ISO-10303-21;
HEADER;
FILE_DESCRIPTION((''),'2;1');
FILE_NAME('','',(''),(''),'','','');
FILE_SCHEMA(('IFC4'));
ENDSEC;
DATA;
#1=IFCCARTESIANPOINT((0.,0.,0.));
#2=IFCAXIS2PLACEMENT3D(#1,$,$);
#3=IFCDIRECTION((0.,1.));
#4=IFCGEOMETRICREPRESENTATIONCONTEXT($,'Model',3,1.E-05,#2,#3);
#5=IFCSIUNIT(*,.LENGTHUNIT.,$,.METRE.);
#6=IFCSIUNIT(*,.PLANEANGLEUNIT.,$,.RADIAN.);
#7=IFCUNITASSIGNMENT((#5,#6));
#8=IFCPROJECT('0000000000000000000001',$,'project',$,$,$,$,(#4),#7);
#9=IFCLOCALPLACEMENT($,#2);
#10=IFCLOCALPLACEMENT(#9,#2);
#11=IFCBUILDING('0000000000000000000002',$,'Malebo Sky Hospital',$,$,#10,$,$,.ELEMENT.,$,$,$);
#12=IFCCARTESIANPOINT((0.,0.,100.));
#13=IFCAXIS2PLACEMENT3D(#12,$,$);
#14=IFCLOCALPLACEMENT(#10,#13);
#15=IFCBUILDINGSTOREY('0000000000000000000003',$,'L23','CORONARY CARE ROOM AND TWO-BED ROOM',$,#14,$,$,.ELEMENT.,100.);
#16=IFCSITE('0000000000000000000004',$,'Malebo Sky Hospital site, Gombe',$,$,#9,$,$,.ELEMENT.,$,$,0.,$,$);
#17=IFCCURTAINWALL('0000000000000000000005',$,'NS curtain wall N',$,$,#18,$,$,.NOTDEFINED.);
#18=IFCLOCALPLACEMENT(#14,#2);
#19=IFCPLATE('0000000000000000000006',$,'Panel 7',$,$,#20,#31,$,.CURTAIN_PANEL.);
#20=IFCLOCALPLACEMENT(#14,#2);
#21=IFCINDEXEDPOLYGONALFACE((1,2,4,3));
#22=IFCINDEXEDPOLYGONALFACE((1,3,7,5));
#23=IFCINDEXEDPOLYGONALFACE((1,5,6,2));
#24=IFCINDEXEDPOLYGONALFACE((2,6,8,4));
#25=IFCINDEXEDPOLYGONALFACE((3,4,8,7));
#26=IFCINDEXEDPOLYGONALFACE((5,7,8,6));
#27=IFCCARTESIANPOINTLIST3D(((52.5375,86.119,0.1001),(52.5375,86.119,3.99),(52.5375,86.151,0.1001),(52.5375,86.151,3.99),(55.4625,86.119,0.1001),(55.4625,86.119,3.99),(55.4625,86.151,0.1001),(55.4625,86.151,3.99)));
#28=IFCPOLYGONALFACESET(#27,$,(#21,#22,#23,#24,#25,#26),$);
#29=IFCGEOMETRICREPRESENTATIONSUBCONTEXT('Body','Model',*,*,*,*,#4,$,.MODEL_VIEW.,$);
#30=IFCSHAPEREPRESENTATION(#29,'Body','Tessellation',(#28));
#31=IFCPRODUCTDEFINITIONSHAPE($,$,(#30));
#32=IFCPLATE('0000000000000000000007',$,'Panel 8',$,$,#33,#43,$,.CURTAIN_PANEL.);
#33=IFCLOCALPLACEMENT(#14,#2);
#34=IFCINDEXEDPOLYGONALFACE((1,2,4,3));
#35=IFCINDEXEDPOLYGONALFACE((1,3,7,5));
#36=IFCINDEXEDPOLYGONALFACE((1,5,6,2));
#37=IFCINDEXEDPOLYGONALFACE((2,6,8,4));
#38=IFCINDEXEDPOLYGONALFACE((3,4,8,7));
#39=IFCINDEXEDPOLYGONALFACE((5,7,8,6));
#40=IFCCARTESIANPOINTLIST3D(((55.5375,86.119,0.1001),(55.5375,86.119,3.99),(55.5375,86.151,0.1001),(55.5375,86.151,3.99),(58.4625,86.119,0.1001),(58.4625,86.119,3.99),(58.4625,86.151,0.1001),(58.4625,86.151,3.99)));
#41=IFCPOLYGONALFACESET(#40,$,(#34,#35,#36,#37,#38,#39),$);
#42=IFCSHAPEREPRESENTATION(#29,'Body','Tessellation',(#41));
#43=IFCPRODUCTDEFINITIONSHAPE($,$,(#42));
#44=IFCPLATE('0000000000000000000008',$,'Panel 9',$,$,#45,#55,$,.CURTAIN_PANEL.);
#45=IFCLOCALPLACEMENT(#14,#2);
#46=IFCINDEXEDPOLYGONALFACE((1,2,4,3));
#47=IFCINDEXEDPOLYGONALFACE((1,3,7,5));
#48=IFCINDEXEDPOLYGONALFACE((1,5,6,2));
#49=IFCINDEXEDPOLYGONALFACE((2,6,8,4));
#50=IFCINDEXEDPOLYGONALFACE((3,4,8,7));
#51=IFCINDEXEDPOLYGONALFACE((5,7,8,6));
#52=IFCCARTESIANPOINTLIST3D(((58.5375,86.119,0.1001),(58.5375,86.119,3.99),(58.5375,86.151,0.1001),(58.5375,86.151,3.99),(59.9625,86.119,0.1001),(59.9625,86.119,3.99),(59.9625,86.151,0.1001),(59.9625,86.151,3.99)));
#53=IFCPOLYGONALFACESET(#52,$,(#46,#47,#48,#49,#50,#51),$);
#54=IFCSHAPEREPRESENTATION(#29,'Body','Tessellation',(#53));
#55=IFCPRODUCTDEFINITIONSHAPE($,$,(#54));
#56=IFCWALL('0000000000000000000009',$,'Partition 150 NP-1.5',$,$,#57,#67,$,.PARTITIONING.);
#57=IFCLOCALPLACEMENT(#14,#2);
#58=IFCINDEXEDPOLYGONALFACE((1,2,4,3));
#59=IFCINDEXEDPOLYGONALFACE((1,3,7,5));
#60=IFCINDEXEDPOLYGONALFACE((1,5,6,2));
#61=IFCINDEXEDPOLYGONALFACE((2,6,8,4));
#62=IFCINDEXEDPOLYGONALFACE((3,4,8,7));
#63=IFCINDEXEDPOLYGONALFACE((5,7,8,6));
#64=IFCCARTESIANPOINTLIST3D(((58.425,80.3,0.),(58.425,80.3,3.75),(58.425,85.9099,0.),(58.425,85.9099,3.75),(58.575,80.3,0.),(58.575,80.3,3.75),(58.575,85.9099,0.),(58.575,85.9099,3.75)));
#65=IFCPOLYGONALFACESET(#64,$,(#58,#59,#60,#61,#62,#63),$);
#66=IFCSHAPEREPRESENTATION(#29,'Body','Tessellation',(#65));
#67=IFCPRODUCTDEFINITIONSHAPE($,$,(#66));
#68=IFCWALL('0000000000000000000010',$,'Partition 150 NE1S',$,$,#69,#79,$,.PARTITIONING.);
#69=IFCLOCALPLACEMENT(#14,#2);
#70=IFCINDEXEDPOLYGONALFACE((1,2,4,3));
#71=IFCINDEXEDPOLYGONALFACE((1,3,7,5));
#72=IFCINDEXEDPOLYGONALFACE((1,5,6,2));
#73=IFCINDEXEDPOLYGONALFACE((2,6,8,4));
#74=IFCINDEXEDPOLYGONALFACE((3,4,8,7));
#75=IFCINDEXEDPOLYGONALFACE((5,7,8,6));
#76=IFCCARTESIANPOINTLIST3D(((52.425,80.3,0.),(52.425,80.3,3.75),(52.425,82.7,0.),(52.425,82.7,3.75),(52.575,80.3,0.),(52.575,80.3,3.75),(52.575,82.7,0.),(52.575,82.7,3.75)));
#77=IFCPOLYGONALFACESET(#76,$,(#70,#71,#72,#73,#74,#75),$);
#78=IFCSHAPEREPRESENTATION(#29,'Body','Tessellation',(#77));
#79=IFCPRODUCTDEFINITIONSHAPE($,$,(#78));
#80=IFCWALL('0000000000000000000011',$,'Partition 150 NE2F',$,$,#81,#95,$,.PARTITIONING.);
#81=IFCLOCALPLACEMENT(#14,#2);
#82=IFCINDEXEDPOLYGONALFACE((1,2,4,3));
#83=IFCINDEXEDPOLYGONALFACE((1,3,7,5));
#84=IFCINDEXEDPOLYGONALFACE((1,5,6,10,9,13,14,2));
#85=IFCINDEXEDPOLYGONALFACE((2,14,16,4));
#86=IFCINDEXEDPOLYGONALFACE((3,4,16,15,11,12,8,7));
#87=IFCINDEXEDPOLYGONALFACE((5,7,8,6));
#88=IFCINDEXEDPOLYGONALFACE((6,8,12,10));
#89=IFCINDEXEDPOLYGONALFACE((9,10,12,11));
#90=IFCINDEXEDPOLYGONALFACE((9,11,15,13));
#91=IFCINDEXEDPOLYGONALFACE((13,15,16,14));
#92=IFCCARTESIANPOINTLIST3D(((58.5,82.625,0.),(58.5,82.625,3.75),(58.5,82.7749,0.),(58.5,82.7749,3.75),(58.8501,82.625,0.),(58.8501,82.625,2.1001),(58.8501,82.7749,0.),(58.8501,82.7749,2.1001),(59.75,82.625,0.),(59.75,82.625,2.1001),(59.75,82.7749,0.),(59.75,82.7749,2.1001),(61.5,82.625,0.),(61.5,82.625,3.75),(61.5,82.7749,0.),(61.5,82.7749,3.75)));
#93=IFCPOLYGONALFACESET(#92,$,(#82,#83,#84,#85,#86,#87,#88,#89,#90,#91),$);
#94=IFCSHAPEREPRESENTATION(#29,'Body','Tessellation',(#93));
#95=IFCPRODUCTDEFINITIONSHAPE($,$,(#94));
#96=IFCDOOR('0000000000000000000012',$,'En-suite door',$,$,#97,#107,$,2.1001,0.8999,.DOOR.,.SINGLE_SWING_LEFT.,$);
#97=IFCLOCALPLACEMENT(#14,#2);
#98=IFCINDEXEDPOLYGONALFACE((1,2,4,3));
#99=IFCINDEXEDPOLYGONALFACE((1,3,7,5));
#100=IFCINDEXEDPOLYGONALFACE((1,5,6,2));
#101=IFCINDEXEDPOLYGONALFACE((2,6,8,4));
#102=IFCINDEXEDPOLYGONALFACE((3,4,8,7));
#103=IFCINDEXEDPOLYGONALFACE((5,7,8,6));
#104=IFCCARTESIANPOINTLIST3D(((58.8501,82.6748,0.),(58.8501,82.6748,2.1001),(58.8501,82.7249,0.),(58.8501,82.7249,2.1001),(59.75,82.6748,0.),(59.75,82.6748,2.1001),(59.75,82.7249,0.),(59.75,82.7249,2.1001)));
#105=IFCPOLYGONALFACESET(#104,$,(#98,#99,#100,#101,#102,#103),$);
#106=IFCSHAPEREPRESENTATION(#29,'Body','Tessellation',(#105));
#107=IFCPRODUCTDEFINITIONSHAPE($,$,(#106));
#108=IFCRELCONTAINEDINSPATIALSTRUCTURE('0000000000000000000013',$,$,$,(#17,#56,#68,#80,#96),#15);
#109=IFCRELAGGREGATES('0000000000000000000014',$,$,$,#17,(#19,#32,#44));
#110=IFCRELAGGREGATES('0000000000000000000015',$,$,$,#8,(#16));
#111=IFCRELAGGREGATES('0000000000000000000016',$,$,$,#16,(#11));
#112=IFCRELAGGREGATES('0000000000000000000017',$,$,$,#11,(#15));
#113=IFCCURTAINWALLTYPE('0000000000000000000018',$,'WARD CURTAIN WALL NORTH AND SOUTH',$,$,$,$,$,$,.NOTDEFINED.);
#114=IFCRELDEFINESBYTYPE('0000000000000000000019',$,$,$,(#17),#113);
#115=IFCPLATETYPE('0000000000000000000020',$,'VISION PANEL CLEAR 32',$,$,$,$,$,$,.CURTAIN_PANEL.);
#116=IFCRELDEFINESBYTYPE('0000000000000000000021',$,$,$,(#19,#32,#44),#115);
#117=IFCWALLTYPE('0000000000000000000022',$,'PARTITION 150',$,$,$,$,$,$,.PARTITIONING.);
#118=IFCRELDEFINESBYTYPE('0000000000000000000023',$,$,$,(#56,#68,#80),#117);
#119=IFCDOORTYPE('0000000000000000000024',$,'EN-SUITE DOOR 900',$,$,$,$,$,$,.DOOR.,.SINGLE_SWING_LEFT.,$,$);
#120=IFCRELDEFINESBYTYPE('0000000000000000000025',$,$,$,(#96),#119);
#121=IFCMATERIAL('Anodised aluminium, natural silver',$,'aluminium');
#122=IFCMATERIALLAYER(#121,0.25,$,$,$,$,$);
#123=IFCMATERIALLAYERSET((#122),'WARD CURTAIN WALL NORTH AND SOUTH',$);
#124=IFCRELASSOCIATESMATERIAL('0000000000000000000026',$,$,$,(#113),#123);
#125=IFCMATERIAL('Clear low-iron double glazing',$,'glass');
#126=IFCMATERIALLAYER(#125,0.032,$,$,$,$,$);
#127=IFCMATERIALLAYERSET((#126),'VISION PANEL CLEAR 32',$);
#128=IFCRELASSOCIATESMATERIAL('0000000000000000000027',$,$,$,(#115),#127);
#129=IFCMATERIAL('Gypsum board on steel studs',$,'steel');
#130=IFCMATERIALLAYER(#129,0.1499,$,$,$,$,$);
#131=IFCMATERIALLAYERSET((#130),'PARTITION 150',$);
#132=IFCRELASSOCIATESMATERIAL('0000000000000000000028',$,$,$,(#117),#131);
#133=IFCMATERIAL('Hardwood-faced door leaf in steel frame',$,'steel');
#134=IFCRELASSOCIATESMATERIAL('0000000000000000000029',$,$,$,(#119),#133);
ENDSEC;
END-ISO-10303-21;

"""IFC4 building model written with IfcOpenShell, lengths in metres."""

from ifc_helpers import new_model, si_unit, direction, frame, frame_2d, origin, origin_2d, place, context, subcontext, project, spatial, rectangle, extrude, material, layer, layer_set, type_object, element, fill, aggregate, save


model = new_model("IFC4")

# Units and contexts
model_context = context("Model", 3, precision=1e-05, world=origin(), true_north=direction((0.0, 1.0)))
body_context = subcontext(model_context, "Body", "Model", "MODEL_VIEW")
ifc_project = project(units=[si_unit("LENGTHUNIT", "METRE"), si_unit("PLANEANGLEUNIT", "RADIAN")], contexts=[model_context])

# Site, building, storey
site_placement = place(None, origin())
site = spatial("IfcSite", under=ifc_project, at=site_placement, Name="Malebo Sky Hospital site, Gombe", CompositionType="ELEMENT", RefElevation=0.0)
building_placement = place(site_placement, origin())
building = spatial("IfcBuilding", under=site, at=building_placement, Name="Malebo Sky Hospital", CompositionType="ELEMENT")
storey_placement = place(building_placement, frame((0.0, 0.0, 100.0)))
storey = spatial("IfcBuildingStorey", under=building, at=storey_placement, Name="L23", Description="CORONARY CARE ROOM AND TWO-BED ROOM", CompositionType="ELEMENT", Elevation=100.0)

# Curtain wall
ifc_material_1 = material(Name="Anodised aluminium, natural silver", Category="aluminium")
ifc_layer_1 = layer(ifc_material_1, 0.25)
ifc_layer_set_1 = layer_set([ifc_layer_1], Name="WARD CURTAIN WALL NORTH AND SOUTH")
curtain_wall_type = type_object("IfcCurtainWallType", Name="WARD CURTAIN WALL NORTH AND SOUTH", PredefinedType="NOTDEFINED", material=ifc_layer_set_1)
curtain_wall_placement = place(storey_placement, origin())
curtain_wall = element("IfcCurtainWall", 1, at=curtain_wall_placement, inside=storey, type_object=curtain_wall_type, Name="NS curtain wall N", PredefinedType="NOTDEFINED")

# Plates
ifc_material_2 = material(Name="Clear low-iron double glazing", Category="glass")
ifc_layer_2 = layer(ifc_material_2, 0.032)
ifc_layer_set_2 = layer_set([ifc_layer_2], Name="VISION PANEL CLEAR 32")
plate_type = type_object("IfcPlateType", Name="VISION PANEL CLEAR 32", PredefinedType="CURTAIN_PANEL", material=ifc_layer_set_2)
plate_1_placement = place(storey_placement, frame((54.0, 86.135, 0.1001), z_axis=(0.0, 0.0, 1.0), x_axis=(1.0, 0.0, 0.0)))
plate_1 = element("IfcPlate", 2, at=plate_1_placement, type_object=plate_type, Name="Panel 7", PredefinedType="CURTAIN_PANEL", context=body_context, shape_type="SweptSolid", body=[
    extrude(rectangle(XDim=2.925, YDim=0.032, at=origin_2d()), origin(), (0.0, 0.0, 1.0), 3.8899),
])
plate_2_placement = place(storey_placement, frame((57.0, 86.135, 0.1001), z_axis=(0.0, 0.0, 1.0), x_axis=(1.0, 0.0, 0.0)))
plate_2 = element("IfcPlate", 3, at=plate_2_placement, type_object=plate_type, Name="Panel 8", PredefinedType="CURTAIN_PANEL", context=body_context, shape_type="SweptSolid", body=[
    extrude(rectangle(XDim=2.925, YDim=0.032, at=origin_2d()), origin(), (0.0, 0.0, 1.0), 3.8899),
])
plate_3_placement = place(storey_placement, frame((59.25, 86.135, 0.1001), z_axis=(0.0, 0.0, 1.0), x_axis=(1.0, 0.0, 0.0)))
plate_3 = element("IfcPlate", 4, at=plate_3_placement, type_object=plate_type, Name="Panel 9", PredefinedType="CURTAIN_PANEL", context=body_context, shape_type="SweptSolid", body=[
    extrude(rectangle(XDim=1.425, YDim=0.032, at=origin_2d()), origin(), (0.0, 0.0, 1.0), 3.8899),
])
aggregate(curtain_wall, [plate_1, plate_2, plate_3])

# Walls
ifc_material_3 = material(Name="Gypsum board on steel studs", Category="steel")
ifc_layer_3 = layer(ifc_material_3, 0.1499)
ifc_layer_set_3 = layer_set([ifc_layer_3], Name="PARTITION 150")
wall_type = type_object("IfcWallType", Name="PARTITION 150", PredefinedType="PARTITIONING", material=ifc_layer_set_3)
wall_1_placement = place(storey_placement, frame((58.5, 80.3, 0.0), z_axis=(0.0, 0.0, 1.0), x_axis=(0.0, 1.0, 0.0)))
element("IfcWall", 5, at=wall_1_placement, inside=storey, type_object=wall_type, Name="Partition 150 NP-1.5", PredefinedType="PARTITIONING", context=body_context, shape_type="SweptSolid", body=[
    extrude(rectangle(XDim=5.6099, YDim=0.1499, at=frame_2d((2.8049, 0.0))), origin(), (0.0, 0.0, 1.0), 3.75),
])
wall_2_placement = place(storey_placement, frame((52.5, 80.3, 0.0), z_axis=(0.0, 0.0, 1.0), x_axis=(0.0, 1.0, 0.0)))
element("IfcWall", 6, at=wall_2_placement, inside=storey, type_object=wall_type, Name="Partition 150 NE1S", PredefinedType="PARTITIONING", context=body_context, shape_type="SweptSolid", body=[
    extrude(rectangle(XDim=2.3999, YDim=0.1499, at=frame_2d((1.2, 0.0))), origin(), (0.0, 0.0, 1.0), 3.75),
])

# Wall, opening, door
wall_3_placement = place(storey_placement, frame((58.5, 82.7, 0.0), z_axis=(0.0, 0.0, 1.0), x_axis=(1.0, 0.0, 0.0)))
wall_3 = element("IfcWall", 7, at=wall_3_placement, inside=storey, type_object=wall_type, Name="Partition 150 NE2F", PredefinedType="PARTITIONING", context=body_context, shape_type="SweptSolid", body=[
    extrude(rectangle(XDim=3.0, YDim=0.1499, at=frame_2d((1.5, 0.0))), origin(), (0.0, 0.0, 1.0), 3.75),
])
opening_placement = place(wall_3_placement, frame((0.3501, 0.0, 0.0)))
opening = element("IfcOpeningElement", 8, at=opening_placement, cuts=wall_3, PredefinedType="OPENING", context=body_context, shape_type="SweptSolid", body=[
    extrude(rectangle(XDim=0.8999, YDim=2.1001, at=frame_2d((0.45, 1.05))), frame((0.0, 0.085, 0.0), z_axis=(0.0, -1.0, 0.0), x_axis=(1.0, 0.0, 0.0)), (0.0, 0.0, 1.0), 0.1699),
])
ifc_material_4 = material(Name="Hardwood-faced door leaf in steel frame", Category="steel")
door_type = type_object("IfcDoorType", Name="EN-SUITE DOOR 900", OperationType="SINGLE_SWING_LEFT", PredefinedType="DOOR", material=ifc_material_4)
door_placement = place(opening_placement, origin())
door = element("IfcDoor", 9, at=door_placement, inside=storey, type_object=door_type, Name="En-suite door", OperationType="SINGLE_SWING_LEFT", OverallHeight=2.1001, OverallWidth=0.8999, PredefinedType="DOOR", context=body_context, shape_type="SweptSolid", body=[
    extrude(rectangle(XDim=0.8999, YDim=2.1001, at=frame_2d((0.45, 1.05))), frame((0.0, 0.0249, 0.0), z_axis=(0.0, -1.0, 0.0), x_axis=(1.0, 0.0, 0.0)), (0.0, 0.0, 1.0), 0.05),
])
fill(opening, door)

save(model, "model.ifc")
